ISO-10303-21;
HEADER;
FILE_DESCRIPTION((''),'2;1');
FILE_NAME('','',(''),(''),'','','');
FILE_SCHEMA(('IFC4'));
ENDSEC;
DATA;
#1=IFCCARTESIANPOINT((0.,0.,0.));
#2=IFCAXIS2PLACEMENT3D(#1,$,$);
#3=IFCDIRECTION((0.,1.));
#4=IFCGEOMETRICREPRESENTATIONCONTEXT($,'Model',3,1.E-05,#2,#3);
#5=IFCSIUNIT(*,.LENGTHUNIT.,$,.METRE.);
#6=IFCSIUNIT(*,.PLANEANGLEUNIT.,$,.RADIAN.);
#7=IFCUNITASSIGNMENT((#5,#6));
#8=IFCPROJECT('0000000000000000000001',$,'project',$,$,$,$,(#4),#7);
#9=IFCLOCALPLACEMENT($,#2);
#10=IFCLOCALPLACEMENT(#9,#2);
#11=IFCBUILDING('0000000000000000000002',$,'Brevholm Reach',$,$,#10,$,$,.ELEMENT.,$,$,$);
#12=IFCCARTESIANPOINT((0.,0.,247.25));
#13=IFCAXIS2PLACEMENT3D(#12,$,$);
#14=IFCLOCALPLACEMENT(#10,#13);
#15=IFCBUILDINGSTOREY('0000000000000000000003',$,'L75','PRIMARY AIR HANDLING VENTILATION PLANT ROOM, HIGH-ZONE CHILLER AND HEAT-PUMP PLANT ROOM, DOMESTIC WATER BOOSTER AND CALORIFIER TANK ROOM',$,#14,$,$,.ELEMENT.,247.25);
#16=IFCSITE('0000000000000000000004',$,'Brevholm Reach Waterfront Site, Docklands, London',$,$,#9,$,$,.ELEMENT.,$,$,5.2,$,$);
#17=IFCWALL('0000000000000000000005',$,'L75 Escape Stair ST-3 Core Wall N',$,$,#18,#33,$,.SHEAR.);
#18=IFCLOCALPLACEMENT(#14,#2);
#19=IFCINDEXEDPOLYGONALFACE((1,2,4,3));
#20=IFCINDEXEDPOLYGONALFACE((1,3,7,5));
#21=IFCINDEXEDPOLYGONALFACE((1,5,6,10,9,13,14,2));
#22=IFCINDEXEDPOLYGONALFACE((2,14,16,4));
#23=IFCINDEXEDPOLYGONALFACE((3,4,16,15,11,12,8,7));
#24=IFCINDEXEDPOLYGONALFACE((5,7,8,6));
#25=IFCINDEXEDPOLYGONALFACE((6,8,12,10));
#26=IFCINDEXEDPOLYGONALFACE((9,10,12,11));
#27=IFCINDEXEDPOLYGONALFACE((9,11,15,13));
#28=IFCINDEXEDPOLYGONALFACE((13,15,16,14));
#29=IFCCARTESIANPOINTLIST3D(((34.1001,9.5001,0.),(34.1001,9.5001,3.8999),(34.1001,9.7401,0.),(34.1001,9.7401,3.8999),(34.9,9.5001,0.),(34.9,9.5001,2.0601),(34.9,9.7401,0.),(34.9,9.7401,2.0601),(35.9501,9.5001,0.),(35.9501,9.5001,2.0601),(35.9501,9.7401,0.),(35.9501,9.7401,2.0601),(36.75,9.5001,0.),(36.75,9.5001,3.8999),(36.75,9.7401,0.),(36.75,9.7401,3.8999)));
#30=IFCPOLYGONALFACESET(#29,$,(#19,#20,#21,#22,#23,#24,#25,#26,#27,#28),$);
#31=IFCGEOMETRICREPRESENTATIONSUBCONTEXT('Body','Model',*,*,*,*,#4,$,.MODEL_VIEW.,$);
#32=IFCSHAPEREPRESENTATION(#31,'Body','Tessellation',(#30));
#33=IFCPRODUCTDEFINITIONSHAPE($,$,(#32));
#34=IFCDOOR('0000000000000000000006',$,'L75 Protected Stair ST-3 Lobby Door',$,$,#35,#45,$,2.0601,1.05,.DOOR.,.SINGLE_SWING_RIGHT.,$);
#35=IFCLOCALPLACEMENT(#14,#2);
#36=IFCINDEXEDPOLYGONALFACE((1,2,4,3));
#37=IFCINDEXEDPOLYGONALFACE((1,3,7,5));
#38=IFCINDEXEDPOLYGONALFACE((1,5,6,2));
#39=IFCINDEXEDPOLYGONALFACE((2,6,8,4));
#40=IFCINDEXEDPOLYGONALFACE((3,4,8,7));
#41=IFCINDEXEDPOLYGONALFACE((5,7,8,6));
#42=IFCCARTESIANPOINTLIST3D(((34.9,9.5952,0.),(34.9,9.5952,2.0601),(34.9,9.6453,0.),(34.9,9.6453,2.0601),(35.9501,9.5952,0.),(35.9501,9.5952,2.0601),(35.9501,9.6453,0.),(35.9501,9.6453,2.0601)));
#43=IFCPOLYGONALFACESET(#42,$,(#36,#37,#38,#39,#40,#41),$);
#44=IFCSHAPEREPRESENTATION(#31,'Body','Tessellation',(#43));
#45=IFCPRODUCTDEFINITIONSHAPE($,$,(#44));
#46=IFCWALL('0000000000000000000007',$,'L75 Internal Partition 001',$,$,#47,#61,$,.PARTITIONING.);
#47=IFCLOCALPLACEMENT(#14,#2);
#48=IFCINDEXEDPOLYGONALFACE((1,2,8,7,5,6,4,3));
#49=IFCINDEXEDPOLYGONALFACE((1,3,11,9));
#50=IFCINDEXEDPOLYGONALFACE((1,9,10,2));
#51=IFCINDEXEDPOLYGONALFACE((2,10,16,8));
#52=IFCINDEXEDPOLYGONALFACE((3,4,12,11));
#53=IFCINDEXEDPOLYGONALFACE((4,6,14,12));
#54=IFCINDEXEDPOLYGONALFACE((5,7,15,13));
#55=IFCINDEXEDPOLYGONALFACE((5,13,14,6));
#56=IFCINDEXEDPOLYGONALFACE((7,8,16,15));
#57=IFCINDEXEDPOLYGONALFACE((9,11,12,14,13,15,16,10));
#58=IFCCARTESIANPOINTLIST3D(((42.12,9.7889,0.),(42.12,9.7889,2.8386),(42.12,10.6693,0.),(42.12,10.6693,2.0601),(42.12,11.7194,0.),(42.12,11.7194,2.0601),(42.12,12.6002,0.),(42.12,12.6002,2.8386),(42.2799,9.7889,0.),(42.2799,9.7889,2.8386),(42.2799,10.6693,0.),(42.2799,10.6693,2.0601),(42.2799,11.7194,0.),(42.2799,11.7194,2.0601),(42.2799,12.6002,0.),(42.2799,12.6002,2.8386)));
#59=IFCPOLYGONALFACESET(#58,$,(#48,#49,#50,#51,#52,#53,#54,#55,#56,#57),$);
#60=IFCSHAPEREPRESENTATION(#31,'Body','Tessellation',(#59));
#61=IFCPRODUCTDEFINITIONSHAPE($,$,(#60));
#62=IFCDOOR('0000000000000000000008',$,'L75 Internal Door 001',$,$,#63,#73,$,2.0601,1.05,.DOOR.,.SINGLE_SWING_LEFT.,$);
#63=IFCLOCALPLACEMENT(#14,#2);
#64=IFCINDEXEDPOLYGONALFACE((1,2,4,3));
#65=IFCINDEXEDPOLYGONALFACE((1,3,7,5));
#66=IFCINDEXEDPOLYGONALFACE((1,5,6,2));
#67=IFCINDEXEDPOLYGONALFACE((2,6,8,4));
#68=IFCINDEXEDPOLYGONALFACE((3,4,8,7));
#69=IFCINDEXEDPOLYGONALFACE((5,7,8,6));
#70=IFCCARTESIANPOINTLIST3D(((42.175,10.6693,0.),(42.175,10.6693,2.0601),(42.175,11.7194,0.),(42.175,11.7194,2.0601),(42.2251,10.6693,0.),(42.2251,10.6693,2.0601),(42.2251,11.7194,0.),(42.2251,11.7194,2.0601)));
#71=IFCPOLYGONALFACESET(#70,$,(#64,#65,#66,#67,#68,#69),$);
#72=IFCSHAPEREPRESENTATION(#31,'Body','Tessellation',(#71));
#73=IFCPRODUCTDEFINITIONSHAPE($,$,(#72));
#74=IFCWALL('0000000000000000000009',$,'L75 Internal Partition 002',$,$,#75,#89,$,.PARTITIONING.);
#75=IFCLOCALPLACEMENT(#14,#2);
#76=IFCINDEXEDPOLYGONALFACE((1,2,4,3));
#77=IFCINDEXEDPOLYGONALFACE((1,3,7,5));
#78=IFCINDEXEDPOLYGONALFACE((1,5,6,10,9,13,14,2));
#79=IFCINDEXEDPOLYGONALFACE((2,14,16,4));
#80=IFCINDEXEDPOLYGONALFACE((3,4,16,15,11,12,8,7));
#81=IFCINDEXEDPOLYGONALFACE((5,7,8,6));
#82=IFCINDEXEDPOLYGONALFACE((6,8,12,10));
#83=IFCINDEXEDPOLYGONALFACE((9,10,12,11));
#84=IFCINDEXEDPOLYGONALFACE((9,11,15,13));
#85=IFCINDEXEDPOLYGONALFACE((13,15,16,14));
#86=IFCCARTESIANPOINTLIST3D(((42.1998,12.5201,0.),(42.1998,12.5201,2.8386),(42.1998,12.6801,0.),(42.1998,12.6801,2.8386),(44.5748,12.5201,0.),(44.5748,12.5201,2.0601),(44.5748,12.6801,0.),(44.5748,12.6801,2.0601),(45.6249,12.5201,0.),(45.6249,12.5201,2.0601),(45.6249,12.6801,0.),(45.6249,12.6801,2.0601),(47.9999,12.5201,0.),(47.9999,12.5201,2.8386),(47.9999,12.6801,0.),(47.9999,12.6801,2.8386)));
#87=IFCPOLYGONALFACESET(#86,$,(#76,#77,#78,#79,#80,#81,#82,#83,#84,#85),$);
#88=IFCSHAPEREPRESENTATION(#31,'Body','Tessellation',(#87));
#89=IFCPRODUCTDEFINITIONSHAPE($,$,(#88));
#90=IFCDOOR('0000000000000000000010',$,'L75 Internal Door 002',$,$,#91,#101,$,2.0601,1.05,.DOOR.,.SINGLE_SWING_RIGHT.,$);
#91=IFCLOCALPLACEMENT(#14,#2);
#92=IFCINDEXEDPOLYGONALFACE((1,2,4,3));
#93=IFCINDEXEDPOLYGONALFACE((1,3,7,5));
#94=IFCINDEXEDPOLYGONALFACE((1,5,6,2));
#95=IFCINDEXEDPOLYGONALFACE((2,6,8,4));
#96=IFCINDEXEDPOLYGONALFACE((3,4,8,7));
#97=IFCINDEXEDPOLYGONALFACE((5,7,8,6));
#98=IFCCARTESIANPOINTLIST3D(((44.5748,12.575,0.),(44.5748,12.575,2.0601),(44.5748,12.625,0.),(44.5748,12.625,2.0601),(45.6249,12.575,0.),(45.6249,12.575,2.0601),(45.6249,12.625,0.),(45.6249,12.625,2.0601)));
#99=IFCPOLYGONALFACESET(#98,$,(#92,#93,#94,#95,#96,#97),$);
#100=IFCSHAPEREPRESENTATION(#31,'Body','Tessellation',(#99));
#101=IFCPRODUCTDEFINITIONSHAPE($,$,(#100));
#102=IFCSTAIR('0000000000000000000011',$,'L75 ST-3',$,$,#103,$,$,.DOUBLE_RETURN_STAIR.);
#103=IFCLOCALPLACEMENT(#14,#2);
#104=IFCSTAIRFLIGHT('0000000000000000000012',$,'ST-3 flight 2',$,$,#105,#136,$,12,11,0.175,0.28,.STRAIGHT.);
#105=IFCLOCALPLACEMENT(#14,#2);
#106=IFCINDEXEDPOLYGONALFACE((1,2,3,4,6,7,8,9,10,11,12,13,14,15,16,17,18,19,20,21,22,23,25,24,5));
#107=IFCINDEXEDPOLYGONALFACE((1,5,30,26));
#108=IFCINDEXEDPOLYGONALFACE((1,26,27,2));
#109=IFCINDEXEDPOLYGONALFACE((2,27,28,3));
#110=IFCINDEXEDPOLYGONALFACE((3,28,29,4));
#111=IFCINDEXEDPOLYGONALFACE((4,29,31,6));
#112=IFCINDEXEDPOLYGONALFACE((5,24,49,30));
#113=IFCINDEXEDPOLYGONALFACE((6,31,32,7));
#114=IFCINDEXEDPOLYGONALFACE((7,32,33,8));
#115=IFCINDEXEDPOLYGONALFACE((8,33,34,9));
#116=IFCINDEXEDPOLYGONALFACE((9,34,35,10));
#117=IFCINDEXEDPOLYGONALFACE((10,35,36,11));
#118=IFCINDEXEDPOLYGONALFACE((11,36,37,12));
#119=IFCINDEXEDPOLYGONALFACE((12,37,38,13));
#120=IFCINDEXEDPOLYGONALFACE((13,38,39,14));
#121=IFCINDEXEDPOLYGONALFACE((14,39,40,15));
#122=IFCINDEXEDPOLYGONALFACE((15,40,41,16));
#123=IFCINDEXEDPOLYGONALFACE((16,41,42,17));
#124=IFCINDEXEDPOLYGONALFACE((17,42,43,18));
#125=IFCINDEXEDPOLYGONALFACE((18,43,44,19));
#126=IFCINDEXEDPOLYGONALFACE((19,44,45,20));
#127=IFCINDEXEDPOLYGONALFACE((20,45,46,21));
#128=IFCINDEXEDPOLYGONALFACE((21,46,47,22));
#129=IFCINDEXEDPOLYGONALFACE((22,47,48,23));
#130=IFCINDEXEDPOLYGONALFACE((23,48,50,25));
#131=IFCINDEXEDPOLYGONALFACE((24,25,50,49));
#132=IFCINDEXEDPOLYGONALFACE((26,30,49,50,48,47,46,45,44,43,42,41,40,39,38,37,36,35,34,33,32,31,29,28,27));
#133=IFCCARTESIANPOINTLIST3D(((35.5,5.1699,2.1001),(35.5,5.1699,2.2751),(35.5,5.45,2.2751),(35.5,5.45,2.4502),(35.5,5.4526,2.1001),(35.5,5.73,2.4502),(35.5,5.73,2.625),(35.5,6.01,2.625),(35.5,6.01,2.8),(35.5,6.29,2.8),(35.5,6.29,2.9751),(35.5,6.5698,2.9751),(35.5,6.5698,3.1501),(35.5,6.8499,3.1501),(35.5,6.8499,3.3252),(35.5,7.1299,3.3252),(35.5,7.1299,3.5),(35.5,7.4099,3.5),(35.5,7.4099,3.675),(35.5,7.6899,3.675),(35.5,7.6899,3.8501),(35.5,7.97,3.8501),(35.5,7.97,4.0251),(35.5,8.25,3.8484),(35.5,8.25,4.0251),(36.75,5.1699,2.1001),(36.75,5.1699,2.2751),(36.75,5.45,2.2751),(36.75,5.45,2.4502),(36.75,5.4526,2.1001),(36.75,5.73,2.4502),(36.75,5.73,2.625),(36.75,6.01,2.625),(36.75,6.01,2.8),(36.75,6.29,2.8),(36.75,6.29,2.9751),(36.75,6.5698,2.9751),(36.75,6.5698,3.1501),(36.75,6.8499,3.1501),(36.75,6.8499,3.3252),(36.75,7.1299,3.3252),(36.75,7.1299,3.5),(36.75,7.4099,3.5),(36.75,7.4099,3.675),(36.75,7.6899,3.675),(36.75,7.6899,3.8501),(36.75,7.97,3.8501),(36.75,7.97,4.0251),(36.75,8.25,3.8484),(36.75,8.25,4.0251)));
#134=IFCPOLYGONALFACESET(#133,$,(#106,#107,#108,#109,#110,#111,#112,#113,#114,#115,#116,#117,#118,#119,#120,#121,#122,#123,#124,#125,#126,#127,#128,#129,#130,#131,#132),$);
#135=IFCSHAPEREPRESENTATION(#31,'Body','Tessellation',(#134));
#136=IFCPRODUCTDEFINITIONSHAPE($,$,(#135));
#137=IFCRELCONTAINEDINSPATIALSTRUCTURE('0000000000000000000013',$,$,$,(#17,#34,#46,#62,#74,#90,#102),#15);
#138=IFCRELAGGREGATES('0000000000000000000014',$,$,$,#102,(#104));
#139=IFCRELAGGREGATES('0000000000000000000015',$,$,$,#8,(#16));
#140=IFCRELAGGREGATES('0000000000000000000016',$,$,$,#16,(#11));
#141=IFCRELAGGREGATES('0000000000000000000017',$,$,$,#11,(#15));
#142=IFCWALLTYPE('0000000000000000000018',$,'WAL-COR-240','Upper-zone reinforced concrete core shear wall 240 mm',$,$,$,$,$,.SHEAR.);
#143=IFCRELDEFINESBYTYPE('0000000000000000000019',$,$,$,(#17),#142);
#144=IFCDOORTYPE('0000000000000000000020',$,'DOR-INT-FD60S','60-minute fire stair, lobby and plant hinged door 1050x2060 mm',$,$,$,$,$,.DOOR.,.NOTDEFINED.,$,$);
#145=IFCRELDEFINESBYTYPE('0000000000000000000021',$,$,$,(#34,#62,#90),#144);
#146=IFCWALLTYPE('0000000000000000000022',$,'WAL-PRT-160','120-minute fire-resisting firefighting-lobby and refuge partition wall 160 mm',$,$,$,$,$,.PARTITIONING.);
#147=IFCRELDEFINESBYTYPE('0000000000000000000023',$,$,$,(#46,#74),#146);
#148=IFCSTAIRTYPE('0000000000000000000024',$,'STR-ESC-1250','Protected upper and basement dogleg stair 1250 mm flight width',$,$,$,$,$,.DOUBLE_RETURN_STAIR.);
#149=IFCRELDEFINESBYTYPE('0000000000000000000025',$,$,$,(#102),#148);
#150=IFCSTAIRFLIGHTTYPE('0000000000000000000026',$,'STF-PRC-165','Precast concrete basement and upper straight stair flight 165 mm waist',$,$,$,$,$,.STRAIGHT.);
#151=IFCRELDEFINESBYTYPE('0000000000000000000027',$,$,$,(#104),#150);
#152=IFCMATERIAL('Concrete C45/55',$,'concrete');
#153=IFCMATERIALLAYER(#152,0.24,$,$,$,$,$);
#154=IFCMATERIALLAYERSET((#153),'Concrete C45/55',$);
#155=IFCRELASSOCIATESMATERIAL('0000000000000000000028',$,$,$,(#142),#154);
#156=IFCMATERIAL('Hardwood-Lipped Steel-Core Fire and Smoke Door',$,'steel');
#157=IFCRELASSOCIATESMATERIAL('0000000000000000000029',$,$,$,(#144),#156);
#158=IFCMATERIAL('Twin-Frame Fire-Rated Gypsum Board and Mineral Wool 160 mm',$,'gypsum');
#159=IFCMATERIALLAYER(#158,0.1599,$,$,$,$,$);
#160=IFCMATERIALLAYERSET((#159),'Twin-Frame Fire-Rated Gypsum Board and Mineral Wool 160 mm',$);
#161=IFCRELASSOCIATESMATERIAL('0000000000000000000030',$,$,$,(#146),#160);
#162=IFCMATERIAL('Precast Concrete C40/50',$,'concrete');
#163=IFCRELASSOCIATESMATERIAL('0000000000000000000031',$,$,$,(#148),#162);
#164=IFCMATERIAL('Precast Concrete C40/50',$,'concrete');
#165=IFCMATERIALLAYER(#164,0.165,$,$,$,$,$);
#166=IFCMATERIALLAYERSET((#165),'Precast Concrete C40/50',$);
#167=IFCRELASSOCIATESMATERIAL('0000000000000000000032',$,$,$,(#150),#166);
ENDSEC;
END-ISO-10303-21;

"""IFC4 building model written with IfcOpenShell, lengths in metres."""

from ifc_helpers import new_model, si_unit, direction, frame, frame_2d, origin, place, context, subcontext, project, spatial, polyline, rectangle, outline, extrude, material, layer, layer_set, type_object, element, fill, aggregate, save


model = new_model("IFC4")

# Units and contexts
model_context = context("Model", 3, precision=1e-05, world=origin(), true_north=direction((0.0, 1.0)))
body_context = subcontext(model_context, "Body", "Model", "MODEL_VIEW")
ifc_project = project(units=[si_unit("LENGTHUNIT", "METRE"), si_unit("PLANEANGLEUNIT", "RADIAN")], contexts=[model_context])

# Site, building, storey
site_placement = place(None, origin())
site = spatial("IfcSite", under=ifc_project, at=site_placement, Name="Brevholm Reach Waterfront Site, Docklands, London", CompositionType="ELEMENT", RefElevation=5.2)
building_placement = place(site_placement, origin())
building = spatial("IfcBuilding", under=site, at=building_placement, Name="Brevholm Reach", CompositionType="ELEMENT")
storey_placement = place(building_placement, frame((0.0, 0.0, 247.25)))
storey = spatial("IfcBuildingStorey", under=building, at=storey_placement, Name="L75", Description="PRIMARY AIR HANDLING VENTILATION PLANT ROOM, HIGH-ZONE CHILLER AND HEAT-PUMP PLANT ROOM, DOMESTIC WATER BOOSTER AND CALORIFIER TANK ROOM", CompositionType="ELEMENT", Elevation=247.25)

# Shared definitions
ifc_material_1 = material(Name="Concrete C45/55", Category="concrete")
ifc_layer_1 = layer(ifc_material_1, 0.24)
ifc_layer_set_1 = layer_set([ifc_layer_1], Name="Concrete C45/55")
wall_type_1 = type_object("IfcWallType", Name="WAL-COR-240", Description="Upper-zone reinforced concrete core shear wall 240 mm", PredefinedType="SHEAR", material=ifc_layer_set_1)

# Walls, openings, doors
wall_1_placement = place(storey_placement, frame((36.75, 9.6201, 0.0), z_axis=(0.0, 0.0, 1.0), x_axis=(-1.0, 0.0, 0.0)))
wall_1 = element("IfcWall", 1, at=wall_1_placement, inside=storey, type_object=wall_type_1, Name="L75 Escape Stair ST-3 Core Wall N", PredefinedType="SHEAR", context=body_context, shape_type="SweptSolid", body=[
    extrude(rectangle(XDim=2.6499, YDim=0.24, at=frame_2d((1.325, 0.0))), origin(), (0.0, 0.0, 1.0), 3.8999),
])
opening_1_placement = place(wall_1_placement, frame((0.8, 0.0, 0.0)))
opening_1 = element("IfcOpeningElement", 2, at=opening_1_placement, cuts=wall_1, PredefinedType="OPENING", context=body_context, shape_type="SweptSolid", body=[
    extrude(rectangle(XDim=1.05, YDim=2.0601, at=frame_2d((0.5249, 1.03))), frame((0.0, 0.1299, 0.0), z_axis=(0.0, -1.0, 0.0), x_axis=(1.0, 0.0, 0.0)), (0.0, 0.0, 1.0), 0.26),
])
ifc_material_2 = material(Name="Hardwood-Lipped Steel-Core Fire and Smoke Door", Category="steel")
door_type = type_object("IfcDoorType", Name="DOR-INT-FD60S", Description="60-minute fire stair, lobby and plant hinged door 1050x2060 mm", OperationType="NOTDEFINED", PredefinedType="DOOR", material=ifc_material_2)
door_1_placement = place(opening_1_placement, origin())
door_1 = element("IfcDoor", 3, at=door_1_placement, inside=storey, type_object=door_type, Name="L75 Protected Stair ST-3 Lobby Door", OperationType="SINGLE_SWING_RIGHT", OverallHeight=2.0601, OverallWidth=1.05, PredefinedType="DOOR", context=body_context, shape_type="SweptSolid", body=[
    extrude(rectangle(XDim=1.05, YDim=2.0601, at=frame_2d((0.5249, 1.03))), frame((0.0, 0.0249, 0.0), z_axis=(0.0, -1.0, 0.0), x_axis=(1.0, 0.0, 0.0)), (0.0, 0.0, 1.0), 0.05),
])
fill(opening_1, door_1)
ifc_material_3 = material(Name="Twin-Frame Fire-Rated Gypsum Board and Mineral Wool 160 mm", Category="gypsum")
ifc_layer_2 = layer(ifc_material_3, 0.1599)
ifc_layer_set_2 = layer_set([ifc_layer_2], Name="Twin-Frame Fire-Rated Gypsum Board and Mineral Wool 160 mm")
wall_type_2 = type_object("IfcWallType", Name="WAL-PRT-160", Description="120-minute fire-resisting firefighting-lobby and refuge partition wall 160 mm", PredefinedType="PARTITIONING", material=ifc_layer_set_2)
wall_2_placement = place(storey_placement, frame((42.2, 9.7888, 0.0), z_axis=(0.0, 0.0, 1.0), x_axis=(0.0, 1.0, 0.0)))
wall_2 = element("IfcWall", 4, at=wall_2_placement, inside=storey, type_object=wall_type_2, Name="L75 Internal Partition 001", PredefinedType="PARTITIONING", context=body_context, shape_type="SweptSolid", body=[
    extrude(rectangle(XDim=2.8113, YDim=0.1599, at=frame_2d((1.4058, 0.0))), origin(), (0.0, 0.0, 1.0), 2.8386),
])
opening_2_placement = place(wall_2_placement, frame((0.8806, 0.0, 0.0)))
opening_2 = element("IfcOpeningElement", 5, at=opening_2_placement, cuts=wall_2, PredefinedType="OPENING", context=body_context, shape_type="SweptSolid", body=[
    extrude(rectangle(XDim=1.05, YDim=2.0601, at=frame_2d((0.5249, 1.03))), frame((0.0, 0.0898, 0.0), z_axis=(0.0, -1.0, 0.0), x_axis=(1.0, 0.0, 0.0)), (0.0, 0.0, 1.0), 0.1799),
])
door_2_placement = place(opening_2_placement, origin())
door_2 = element("IfcDoor", 6, at=door_2_placement, inside=storey, type_object=door_type, Name="L75 Internal Door 001", OperationType="SINGLE_SWING_LEFT", OverallHeight=2.0601, OverallWidth=1.05, PredefinedType="DOOR", context=body_context, shape_type="SweptSolid", body=[
    extrude(rectangle(XDim=1.05, YDim=2.0601, at=frame_2d((0.5249, 1.03))), frame((0.0, 0.0249, 0.0), z_axis=(0.0, -1.0, 0.0), x_axis=(1.0, 0.0, 0.0)), (0.0, 0.0, 1.0), 0.05),
])
fill(opening_2, door_2)
wall_3_placement = place(storey_placement, frame((42.2, 12.6001, 0.0), z_axis=(0.0, 0.0, 1.0), x_axis=(1.0, 0.0, 0.0)))
wall_3 = element("IfcWall", 7, at=wall_3_placement, inside=storey, type_object=wall_type_2, Name="L75 Internal Partition 002", PredefinedType="PARTITIONING", context=body_context, shape_type="SweptSolid", body=[
    extrude(rectangle(XDim=5.8, YDim=0.1599, at=frame_2d((2.8999, 0.0))), origin(), (0.0, 0.0, 1.0), 2.8386),
])
opening_3_placement = place(wall_3_placement, frame((2.375, 0.0, 0.0)))
opening_3 = element("IfcOpeningElement", 8, at=opening_3_placement, cuts=wall_3, PredefinedType="OPENING", context=body_context, shape_type="SweptSolid", body=[
    extrude(rectangle(XDim=1.05, YDim=2.0601, at=frame_2d((0.5249, 1.03))), frame((0.0, 0.0898, 0.0), z_axis=(0.0, -1.0, 0.0), x_axis=(1.0, 0.0, 0.0)), (0.0, 0.0, 1.0), 0.1799),
])
door_3_placement = place(opening_3_placement, origin())
door_3 = element("IfcDoor", 9, at=door_3_placement, inside=storey, type_object=door_type, Name="L75 Internal Door 002", OperationType="SINGLE_SWING_RIGHT", OverallHeight=2.0601, OverallWidth=1.05, PredefinedType="DOOR", context=body_context, shape_type="SweptSolid", body=[
    extrude(rectangle(XDim=1.05, YDim=2.0601, at=frame_2d((0.5249, 1.03))), frame((0.0, 0.0249, 0.0), z_axis=(0.0, -1.0, 0.0), x_axis=(1.0, 0.0, 0.0)), (0.0, 0.0, 1.0), 0.05),
])
fill(opening_3, door_3)

# Stair, stair flight
ifc_material_4 = material(Name="Precast Concrete C40/50", Category="concrete")
stair_type = type_object("IfcStairType", Name="STR-ESC-1250", Description="Protected upper and basement dogleg stair 1250 mm flight width", PredefinedType="DOUBLE_RETURN_STAIR", material=ifc_material_4)
stair_placement = place(storey_placement, origin())
stair = element("IfcStair", 10, at=stair_placement, inside=storey, type_object=stair_type, Name="L75 ST-3", PredefinedType="DOUBLE_RETURN_STAIR")
ifc_material_5 = material(Name="Precast Concrete C40/50", Category="concrete")
ifc_layer_3 = layer(ifc_material_5, 0.165)
ifc_layer_set_3 = layer_set([ifc_layer_3], Name="Precast Concrete C40/50")
stair_flight_type = type_object("IfcStairFlightType", Name="STF-PRC-165", Description="Precast concrete basement and upper straight stair flight 165 mm waist", PredefinedType="STRAIGHT", material=ifc_layer_set_3)
stair_flight_placement = place(storey_placement, frame((36.125, 5.1699, 2.1001), z_axis=(0.0, 0.0, 1.0), x_axis=(0.0, 1.0, 0.0)))
stair_flight = element("IfcStairFlight", 11, at=stair_flight_placement, type_object=stair_flight_type, Name="ST-3 flight 2", NumberOfRisers=12, NumberOfTreads=11, PredefinedType="STRAIGHT", RiserHeight=0.175, TreadLength=0.28, context=body_context, shape_type="SweptSolid", body=[
    extrude(outline(polyline([(0.0, 0.0), (0.0, 0.175), (0.28, 0.175), (0.28, 0.3501), (0.5601, 0.3501), (0.5601, 0.5249), (0.8401, 0.5249), (0.8401, 0.7), (1.1201, 0.7), (1.1201, 0.875), (1.3999, 0.875), (1.3999, 1.05), (1.6799, 1.05), (1.6799, 1.2251), (1.96, 1.2251), (1.96, 1.3999), (2.24, 1.3999), (2.24, 1.575), (2.52, 1.575), (2.52, 1.75), (2.8, 1.75), (2.8, 1.925), (3.0801, 1.925), (3.0801, 2.1001), (3.0801, 1.7483), (0.2827, 0.0), (0.0, 0.0)])), frame((0.0, 0.625, 0.0), z_axis=(0.0, -1.0, 0.0), x_axis=(1.0, 0.0, 0.0)), (0.0, 0.0, 1.0), 1.25),
])
aggregate(stair, [stair_flight])

save(model, "model.ifc")
